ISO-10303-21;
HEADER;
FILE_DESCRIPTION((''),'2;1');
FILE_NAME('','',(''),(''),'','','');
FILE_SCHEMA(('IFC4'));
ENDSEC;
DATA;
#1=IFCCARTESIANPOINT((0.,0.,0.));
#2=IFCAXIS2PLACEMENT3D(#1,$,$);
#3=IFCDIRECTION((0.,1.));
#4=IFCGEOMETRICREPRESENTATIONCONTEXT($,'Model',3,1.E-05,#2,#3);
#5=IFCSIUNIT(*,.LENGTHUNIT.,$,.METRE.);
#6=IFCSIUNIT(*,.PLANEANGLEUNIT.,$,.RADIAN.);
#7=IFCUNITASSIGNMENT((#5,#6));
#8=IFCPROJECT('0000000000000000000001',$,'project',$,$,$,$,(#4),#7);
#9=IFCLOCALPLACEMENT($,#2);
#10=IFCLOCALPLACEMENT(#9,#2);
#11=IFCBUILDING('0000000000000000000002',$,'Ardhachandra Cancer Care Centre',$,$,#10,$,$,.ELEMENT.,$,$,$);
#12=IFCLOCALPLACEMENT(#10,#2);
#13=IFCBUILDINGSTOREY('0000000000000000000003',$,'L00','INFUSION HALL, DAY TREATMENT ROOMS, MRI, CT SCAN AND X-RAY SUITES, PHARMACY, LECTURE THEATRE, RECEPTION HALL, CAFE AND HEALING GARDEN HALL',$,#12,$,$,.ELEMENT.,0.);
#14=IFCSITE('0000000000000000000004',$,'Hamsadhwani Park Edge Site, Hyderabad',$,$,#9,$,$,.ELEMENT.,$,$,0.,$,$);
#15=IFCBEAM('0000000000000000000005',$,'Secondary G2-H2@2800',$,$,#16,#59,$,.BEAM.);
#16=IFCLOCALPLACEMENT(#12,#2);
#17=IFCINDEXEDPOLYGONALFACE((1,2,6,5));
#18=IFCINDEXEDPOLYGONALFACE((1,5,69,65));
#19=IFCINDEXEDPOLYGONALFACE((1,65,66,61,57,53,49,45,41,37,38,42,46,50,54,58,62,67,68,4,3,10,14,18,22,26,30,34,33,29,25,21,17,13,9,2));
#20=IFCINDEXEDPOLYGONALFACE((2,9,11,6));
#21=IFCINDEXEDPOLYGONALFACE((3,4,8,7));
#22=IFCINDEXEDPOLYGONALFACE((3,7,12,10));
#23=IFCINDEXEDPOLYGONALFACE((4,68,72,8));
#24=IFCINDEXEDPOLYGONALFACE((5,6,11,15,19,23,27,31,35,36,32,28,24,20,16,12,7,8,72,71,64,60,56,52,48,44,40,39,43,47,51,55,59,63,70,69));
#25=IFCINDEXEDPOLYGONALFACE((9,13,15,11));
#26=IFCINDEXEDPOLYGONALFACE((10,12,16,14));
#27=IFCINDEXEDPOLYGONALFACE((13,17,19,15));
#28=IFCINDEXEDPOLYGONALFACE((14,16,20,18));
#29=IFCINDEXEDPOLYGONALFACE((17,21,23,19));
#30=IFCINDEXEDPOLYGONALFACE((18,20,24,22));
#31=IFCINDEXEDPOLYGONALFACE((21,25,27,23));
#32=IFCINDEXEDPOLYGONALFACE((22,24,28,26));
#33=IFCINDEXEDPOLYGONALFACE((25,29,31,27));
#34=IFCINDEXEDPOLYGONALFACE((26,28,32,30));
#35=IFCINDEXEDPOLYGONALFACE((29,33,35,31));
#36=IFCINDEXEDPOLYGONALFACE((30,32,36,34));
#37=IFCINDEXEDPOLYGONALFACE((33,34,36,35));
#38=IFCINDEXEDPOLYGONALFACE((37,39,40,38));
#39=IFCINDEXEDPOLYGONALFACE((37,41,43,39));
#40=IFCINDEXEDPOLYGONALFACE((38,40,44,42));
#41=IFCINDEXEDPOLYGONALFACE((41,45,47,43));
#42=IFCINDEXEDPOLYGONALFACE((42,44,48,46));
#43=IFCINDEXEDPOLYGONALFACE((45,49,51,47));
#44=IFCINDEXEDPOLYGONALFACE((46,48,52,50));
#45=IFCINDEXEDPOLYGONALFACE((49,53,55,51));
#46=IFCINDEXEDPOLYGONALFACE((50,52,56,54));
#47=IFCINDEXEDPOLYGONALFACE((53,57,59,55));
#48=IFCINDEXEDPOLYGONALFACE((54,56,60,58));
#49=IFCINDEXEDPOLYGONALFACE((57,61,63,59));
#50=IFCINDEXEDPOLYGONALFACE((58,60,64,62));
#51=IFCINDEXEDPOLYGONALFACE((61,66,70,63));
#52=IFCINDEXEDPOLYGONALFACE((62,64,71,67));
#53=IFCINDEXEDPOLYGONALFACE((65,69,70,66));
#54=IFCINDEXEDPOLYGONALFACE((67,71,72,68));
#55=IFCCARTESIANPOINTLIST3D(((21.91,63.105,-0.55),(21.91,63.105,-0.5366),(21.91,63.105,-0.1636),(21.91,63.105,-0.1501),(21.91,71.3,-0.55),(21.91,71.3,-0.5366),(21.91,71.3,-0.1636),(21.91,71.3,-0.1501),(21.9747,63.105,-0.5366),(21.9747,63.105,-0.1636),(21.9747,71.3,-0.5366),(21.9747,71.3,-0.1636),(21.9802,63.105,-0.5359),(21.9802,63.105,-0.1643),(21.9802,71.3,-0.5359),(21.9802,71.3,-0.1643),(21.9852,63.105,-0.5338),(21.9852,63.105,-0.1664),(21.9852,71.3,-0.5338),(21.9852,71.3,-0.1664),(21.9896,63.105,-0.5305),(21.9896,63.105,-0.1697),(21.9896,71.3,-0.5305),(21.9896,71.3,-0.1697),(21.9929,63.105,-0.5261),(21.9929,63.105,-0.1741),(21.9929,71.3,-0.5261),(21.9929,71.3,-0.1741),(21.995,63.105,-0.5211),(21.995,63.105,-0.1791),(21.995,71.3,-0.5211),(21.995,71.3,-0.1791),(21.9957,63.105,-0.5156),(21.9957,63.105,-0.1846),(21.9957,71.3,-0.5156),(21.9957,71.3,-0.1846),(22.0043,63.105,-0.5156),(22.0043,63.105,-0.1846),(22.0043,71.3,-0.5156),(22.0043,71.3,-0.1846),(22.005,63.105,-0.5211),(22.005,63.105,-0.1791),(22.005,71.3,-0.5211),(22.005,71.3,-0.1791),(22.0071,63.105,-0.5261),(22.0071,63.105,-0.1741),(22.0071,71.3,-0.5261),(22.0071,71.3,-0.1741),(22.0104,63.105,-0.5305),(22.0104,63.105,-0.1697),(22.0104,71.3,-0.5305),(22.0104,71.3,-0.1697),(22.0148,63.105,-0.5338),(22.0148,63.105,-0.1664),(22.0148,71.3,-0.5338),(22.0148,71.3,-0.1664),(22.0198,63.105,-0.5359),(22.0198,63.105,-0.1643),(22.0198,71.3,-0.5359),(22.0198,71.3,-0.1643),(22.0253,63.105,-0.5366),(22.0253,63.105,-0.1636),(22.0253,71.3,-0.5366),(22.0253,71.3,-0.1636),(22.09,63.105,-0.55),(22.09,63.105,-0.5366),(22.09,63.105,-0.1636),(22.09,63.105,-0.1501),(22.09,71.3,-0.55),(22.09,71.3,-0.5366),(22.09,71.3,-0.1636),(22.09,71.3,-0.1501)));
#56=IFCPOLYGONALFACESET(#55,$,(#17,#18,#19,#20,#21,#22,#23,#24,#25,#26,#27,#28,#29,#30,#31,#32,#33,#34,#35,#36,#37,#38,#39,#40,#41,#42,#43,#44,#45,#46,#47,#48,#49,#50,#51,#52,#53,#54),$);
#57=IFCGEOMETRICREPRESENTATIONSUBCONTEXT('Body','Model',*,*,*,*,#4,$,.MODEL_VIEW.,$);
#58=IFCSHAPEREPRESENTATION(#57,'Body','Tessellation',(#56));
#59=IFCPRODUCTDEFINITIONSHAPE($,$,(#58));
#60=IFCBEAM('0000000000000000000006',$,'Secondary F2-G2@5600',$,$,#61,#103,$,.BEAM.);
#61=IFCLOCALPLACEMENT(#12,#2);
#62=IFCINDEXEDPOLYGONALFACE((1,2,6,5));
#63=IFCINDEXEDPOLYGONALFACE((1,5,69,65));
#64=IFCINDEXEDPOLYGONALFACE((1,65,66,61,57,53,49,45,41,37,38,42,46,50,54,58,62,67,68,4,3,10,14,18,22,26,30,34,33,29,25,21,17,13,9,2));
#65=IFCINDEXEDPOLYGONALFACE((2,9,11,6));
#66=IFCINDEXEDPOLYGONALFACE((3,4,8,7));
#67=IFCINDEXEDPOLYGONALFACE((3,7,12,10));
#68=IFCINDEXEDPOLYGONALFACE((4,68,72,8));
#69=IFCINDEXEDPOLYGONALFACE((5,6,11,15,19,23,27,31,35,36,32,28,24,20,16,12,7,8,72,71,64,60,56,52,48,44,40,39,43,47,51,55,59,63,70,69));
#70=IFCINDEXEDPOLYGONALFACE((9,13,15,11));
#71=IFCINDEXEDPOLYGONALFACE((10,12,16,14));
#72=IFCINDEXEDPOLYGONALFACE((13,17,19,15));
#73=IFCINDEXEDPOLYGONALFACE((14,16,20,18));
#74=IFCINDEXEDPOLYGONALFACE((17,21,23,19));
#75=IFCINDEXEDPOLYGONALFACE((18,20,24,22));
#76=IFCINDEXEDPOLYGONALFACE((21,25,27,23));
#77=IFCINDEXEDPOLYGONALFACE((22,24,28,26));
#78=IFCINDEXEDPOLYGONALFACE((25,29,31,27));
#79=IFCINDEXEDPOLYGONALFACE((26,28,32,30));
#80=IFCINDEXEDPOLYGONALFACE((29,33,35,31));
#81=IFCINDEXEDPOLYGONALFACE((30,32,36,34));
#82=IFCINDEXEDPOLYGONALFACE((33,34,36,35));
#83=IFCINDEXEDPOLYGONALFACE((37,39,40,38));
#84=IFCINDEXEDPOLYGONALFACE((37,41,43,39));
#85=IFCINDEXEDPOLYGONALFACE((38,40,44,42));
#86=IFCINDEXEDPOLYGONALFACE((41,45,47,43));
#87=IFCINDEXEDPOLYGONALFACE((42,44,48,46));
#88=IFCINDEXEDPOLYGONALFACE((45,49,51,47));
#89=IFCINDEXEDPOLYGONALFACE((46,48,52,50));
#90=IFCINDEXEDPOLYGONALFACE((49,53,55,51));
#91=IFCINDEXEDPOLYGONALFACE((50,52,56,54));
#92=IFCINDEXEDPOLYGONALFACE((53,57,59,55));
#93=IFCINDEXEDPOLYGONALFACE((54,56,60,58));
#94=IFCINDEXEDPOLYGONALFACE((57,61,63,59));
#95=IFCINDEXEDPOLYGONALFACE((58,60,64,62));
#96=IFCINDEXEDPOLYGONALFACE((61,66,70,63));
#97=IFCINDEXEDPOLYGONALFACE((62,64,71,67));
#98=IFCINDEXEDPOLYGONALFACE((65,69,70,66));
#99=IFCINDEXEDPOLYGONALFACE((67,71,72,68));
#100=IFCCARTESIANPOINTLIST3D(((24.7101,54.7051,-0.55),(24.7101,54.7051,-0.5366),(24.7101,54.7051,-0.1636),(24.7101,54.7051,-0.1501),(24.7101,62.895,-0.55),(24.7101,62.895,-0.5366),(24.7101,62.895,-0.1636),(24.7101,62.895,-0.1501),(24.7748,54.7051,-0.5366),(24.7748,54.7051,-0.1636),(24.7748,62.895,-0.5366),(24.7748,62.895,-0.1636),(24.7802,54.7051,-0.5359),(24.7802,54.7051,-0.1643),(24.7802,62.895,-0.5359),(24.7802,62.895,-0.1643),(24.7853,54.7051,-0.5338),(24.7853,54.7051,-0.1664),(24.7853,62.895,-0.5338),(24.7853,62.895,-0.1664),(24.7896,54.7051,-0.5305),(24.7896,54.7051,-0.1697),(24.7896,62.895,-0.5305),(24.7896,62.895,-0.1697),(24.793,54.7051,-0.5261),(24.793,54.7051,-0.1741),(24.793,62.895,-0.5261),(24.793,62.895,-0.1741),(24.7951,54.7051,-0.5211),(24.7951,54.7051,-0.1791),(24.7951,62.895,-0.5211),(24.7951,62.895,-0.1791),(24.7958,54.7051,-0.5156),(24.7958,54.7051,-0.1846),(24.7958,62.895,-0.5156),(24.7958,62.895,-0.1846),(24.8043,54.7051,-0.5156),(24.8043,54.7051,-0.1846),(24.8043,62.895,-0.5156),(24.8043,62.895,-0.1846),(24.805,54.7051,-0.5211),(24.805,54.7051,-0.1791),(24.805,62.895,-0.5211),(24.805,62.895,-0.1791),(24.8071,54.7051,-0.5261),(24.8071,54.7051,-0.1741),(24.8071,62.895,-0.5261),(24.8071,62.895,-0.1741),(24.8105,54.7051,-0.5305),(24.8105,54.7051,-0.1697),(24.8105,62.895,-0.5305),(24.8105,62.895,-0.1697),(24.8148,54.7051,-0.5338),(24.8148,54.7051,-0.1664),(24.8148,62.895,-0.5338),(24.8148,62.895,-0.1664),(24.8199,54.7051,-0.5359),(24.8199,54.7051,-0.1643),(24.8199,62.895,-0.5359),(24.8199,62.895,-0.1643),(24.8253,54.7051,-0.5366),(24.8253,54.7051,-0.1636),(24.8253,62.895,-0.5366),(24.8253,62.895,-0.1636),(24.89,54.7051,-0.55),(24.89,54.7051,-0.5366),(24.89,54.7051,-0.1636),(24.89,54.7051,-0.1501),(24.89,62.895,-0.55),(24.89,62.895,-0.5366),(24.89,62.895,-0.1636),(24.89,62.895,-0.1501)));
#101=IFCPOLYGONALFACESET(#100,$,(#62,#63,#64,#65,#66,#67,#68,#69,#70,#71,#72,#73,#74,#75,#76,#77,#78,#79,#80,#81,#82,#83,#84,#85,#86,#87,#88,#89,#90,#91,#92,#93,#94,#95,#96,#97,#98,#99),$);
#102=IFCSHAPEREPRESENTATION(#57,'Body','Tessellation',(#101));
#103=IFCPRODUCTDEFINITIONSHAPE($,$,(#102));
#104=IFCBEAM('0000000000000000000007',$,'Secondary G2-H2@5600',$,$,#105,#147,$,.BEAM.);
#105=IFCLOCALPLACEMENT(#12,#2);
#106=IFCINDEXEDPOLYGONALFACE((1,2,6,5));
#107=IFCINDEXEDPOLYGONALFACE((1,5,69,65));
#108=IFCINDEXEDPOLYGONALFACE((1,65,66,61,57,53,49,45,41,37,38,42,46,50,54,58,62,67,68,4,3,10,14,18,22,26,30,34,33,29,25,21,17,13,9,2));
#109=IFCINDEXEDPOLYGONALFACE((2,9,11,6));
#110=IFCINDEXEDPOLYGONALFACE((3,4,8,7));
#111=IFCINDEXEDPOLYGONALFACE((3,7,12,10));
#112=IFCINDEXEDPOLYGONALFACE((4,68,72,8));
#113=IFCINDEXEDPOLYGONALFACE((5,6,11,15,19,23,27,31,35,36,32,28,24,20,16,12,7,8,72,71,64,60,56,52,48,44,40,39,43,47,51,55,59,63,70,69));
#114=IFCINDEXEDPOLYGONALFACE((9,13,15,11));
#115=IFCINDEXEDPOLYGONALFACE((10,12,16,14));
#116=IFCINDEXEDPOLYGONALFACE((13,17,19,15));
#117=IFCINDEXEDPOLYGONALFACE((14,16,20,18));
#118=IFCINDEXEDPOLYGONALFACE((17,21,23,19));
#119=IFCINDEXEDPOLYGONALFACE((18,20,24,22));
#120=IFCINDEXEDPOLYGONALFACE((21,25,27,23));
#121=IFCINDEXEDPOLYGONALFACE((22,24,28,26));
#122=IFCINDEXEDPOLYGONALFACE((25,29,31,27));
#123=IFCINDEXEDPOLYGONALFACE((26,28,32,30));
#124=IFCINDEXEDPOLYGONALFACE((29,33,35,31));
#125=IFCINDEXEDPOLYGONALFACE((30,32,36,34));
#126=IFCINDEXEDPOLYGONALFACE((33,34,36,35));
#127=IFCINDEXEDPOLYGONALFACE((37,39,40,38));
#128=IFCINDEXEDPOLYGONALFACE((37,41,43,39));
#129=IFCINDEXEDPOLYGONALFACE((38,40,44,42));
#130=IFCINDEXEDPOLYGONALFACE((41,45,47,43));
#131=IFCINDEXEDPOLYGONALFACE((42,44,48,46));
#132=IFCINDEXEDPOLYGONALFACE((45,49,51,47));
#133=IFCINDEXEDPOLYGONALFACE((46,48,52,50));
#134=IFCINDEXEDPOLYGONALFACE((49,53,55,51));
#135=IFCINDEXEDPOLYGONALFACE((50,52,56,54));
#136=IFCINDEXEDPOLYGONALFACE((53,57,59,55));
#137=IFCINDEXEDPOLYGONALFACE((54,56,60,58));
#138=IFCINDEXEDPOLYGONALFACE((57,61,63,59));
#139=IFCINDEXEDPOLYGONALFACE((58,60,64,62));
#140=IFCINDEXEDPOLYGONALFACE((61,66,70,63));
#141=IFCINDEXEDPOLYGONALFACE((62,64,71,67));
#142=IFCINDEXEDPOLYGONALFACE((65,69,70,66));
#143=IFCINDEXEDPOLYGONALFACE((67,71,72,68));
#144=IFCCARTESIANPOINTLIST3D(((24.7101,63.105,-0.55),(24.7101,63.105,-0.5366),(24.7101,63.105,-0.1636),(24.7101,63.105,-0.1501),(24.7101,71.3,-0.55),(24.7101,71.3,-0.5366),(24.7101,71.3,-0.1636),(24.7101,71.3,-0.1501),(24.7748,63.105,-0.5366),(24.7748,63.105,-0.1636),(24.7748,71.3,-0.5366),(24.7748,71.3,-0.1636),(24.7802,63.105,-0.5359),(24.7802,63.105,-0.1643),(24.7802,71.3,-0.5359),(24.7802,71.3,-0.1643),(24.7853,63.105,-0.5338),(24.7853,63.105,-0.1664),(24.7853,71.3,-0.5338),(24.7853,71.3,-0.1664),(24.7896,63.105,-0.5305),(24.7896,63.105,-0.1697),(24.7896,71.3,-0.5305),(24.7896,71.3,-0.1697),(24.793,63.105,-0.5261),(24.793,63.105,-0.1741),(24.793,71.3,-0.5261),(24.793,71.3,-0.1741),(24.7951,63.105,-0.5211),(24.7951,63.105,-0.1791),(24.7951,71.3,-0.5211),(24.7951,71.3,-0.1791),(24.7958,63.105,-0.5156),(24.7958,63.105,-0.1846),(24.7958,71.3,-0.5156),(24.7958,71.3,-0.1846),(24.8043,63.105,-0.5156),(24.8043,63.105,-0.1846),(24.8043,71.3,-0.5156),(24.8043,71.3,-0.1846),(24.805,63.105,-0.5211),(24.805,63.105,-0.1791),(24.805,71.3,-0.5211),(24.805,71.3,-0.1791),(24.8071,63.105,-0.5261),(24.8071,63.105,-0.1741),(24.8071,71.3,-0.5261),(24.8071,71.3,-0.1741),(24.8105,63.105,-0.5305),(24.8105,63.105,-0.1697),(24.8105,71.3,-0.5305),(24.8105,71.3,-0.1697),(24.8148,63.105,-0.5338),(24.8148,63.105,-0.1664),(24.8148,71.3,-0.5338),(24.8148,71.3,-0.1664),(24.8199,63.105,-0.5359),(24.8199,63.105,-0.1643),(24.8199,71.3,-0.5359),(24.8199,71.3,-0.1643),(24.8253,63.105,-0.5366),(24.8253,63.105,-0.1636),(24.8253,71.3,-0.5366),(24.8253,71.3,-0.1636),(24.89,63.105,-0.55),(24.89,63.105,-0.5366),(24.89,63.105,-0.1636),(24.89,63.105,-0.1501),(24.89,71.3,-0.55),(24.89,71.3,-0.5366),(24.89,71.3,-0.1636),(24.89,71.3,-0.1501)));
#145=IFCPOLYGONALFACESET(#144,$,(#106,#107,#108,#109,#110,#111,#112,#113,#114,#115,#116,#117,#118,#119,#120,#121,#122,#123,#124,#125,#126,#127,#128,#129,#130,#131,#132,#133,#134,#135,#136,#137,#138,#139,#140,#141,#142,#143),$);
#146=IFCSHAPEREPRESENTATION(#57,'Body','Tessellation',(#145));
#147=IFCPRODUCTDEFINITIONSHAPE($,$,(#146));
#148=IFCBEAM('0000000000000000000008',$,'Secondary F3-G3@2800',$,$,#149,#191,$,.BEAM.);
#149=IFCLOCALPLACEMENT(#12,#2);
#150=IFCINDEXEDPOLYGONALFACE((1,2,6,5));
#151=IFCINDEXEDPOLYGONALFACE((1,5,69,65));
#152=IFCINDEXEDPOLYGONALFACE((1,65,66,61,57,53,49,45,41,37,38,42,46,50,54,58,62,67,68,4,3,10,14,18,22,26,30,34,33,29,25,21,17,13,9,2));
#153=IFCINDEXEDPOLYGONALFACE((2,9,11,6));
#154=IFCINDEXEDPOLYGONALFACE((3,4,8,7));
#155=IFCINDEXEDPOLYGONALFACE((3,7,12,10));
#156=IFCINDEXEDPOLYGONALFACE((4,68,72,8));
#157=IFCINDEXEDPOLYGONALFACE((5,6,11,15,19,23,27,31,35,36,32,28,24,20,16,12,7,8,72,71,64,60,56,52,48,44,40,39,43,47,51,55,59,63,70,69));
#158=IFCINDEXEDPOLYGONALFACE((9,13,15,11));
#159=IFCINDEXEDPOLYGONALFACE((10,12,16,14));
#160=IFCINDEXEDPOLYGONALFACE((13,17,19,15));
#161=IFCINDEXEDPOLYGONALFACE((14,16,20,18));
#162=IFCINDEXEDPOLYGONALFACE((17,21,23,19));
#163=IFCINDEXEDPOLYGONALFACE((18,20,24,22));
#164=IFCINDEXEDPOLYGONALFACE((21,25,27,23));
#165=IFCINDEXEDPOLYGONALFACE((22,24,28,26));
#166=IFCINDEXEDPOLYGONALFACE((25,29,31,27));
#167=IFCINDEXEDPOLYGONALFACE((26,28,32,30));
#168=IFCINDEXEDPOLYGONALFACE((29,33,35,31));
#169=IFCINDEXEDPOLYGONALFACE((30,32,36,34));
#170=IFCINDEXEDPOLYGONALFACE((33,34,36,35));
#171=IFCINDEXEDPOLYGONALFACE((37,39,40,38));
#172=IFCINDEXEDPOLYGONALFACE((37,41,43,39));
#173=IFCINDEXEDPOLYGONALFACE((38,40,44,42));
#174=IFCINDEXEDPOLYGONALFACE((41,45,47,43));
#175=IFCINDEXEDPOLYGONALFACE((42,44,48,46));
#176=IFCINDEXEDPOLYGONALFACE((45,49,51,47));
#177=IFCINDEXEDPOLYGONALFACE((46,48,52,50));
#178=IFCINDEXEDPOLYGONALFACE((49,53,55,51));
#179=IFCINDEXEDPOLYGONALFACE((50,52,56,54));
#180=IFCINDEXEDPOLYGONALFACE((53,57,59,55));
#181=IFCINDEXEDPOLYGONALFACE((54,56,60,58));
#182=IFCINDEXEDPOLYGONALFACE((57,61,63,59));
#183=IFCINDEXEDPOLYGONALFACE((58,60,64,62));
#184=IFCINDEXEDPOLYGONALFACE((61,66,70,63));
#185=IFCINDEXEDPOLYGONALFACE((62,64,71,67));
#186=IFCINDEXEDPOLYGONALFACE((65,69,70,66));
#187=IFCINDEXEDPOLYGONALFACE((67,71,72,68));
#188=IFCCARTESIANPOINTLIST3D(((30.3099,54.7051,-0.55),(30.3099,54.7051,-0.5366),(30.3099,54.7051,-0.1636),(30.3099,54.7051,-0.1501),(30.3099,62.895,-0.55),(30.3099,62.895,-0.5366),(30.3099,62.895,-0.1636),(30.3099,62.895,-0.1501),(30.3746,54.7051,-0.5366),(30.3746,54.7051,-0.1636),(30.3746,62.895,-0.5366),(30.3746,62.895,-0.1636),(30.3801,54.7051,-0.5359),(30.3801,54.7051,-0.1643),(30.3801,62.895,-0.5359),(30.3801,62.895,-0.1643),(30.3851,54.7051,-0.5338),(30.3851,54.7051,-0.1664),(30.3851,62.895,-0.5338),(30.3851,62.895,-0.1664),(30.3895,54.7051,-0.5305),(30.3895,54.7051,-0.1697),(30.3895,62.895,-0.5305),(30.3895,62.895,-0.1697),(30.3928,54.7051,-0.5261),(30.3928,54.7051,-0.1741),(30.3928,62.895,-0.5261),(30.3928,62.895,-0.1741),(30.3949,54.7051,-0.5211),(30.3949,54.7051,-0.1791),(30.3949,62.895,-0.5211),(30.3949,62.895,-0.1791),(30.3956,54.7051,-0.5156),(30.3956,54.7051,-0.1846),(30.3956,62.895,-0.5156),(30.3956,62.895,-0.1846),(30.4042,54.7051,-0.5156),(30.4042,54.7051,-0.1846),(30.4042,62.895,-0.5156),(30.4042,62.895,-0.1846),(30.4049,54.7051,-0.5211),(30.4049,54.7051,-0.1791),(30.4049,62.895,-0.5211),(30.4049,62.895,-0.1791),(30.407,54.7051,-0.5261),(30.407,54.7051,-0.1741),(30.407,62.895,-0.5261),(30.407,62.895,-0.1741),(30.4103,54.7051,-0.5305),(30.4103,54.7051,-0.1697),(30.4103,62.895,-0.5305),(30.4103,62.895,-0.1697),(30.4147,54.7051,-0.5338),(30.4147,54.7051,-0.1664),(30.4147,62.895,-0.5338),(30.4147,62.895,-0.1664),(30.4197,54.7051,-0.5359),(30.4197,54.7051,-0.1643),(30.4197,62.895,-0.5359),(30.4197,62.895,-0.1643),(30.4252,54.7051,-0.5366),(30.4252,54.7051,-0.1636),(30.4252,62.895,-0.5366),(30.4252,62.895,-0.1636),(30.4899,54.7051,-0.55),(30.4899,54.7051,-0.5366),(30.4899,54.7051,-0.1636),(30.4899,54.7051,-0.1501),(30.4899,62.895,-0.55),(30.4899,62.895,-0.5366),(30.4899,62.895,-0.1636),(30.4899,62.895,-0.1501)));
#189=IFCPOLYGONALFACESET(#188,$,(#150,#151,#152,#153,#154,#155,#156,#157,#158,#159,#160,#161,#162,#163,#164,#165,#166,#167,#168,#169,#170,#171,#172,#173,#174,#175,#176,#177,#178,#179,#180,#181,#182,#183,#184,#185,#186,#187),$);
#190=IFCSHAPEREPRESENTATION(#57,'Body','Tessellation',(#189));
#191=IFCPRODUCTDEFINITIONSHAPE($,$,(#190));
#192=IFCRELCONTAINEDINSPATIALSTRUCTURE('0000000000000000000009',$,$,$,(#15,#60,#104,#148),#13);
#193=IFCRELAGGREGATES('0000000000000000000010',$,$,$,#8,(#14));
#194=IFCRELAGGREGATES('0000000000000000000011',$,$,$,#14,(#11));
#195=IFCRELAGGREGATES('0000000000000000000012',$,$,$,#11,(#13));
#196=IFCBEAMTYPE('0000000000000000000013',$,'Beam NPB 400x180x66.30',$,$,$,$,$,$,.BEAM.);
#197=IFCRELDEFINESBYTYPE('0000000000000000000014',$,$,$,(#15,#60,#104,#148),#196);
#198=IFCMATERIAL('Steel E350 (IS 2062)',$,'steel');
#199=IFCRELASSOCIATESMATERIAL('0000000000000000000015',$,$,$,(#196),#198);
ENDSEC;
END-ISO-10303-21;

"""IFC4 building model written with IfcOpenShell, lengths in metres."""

from ifc_helpers import new_model, si_unit, direction, frame, origin, origin_2d, place, context, subcontext, project, spatial, i_section, extrude, material, material_profile, profile_set, type_object, element, save


model = new_model("IFC4")

# Units and contexts
model_context = context("Model", 3, precision=1e-05, world=origin(), true_north=direction((0.0, 1.0)))
body_context = subcontext(model_context, "Body", "Model", "MODEL_VIEW")
ifc_project = project(units=[si_unit("LENGTHUNIT", "METRE"), si_unit("PLANEANGLEUNIT", "RADIAN")], contexts=[model_context])

# Site, building, storey
site_placement = place(None, origin())
site = spatial("IfcSite", under=ifc_project, at=site_placement, Name="Hamsadhwani Park Edge Site, Hyderabad", CompositionType="ELEMENT", RefElevation=0.0)
building_placement = place(site_placement, origin())
building = spatial("IfcBuilding", under=site, at=building_placement, Name="Ardhachandra Cancer Care Centre", CompositionType="ELEMENT")
storey_placement = place(building_placement, origin())
storey = spatial("IfcBuildingStorey", under=building, at=storey_placement, Name="L00", Description="INFUSION HALL, DAY TREATMENT ROOMS, MRI, CT SCAN AND X-RAY SUITES, PHARMACY, LECTURE THEATRE, RECEPTION HALL, CAFE AND HEALING GARDEN HALL", CompositionType="ELEMENT", Elevation=0.0)

# Beams
ifc_material_1 = material(Name="Steel E350 (IS 2062)", Category="steel")
ifc_material_profile_1 = material_profile(ifc_material_1, i_section(OverallWidth=0.1799, OverallDepth=0.3999, WebThickness=0.0085, FlangeThickness=0.0134, FilletRadius=0.021, at=origin_2d()), Name="NPB 400x180x66.30")
ifc_profile_set_1 = profile_set([ifc_material_profile_1], Name="Steel E350 (IS 2062)")
beam_type_1 = type_object("IfcBeamType", Name="Beam NPB 400x180x66.30", PredefinedType="BEAM", material=ifc_profile_set_1)
beam_1_placement = place(storey_placement, frame((22.0, 63.105, -0.3501), z_axis=(0.0, 1.0, 0.0), x_axis=(-1.0, 0.0, 0.0)))
element("IfcBeam", 1, at=beam_1_placement, inside=storey, type_object=beam_type_1, Name="Secondary G2-H2@2800", PredefinedType="BEAM", context=body_context, shape_type="SweptSolid", body=[
    extrude(i_section(OverallWidth=0.1799, OverallDepth=0.3999, WebThickness=0.0085, FlangeThickness=0.0134, FilletRadius=0.021, at=origin_2d()), origin(), (0.0, 0.0, 1.0), 8.1951),
])
beam_2_placement = place(storey_placement, frame((24.8, 54.7051, -0.3501), z_axis=(0.0, 1.0, 0.0), x_axis=(-1.0, 0.0, 0.0)))
element("IfcBeam", 2, at=beam_2_placement, inside=storey, type_object=beam_type_1, Name="Secondary F2-G2@5600", PredefinedType="BEAM", context=body_context, shape_type="SweptSolid", body=[
    extrude(i_section(OverallWidth=0.1799, OverallDepth=0.3999, WebThickness=0.0085, FlangeThickness=0.0134, FilletRadius=0.021, at=origin_2d()), origin(), (0.0, 0.0, 1.0), 8.1899),
])
beam_3_placement = place(storey_placement, frame((24.8, 63.105, -0.3501), z_axis=(0.0, 1.0, 0.0), x_axis=(-1.0, 0.0, 0.0)))
element("IfcBeam", 3, at=beam_3_placement, inside=storey, type_object=beam_type_1, Name="Secondary G2-H2@5600", PredefinedType="BEAM", context=body_context, shape_type="SweptSolid", body=[
    extrude(i_section(OverallWidth=0.1799, OverallDepth=0.3999, WebThickness=0.0085, FlangeThickness=0.0134, FilletRadius=0.021, at=origin_2d()), origin(), (0.0, 0.0, 1.0), 8.1951),
])
beam_4_placement = place(storey_placement, frame((30.3999, 54.7051, -0.3501), z_axis=(0.0, 1.0, 0.0), x_axis=(-1.0, 0.0, 0.0)))
element("IfcBeam", 4, at=beam_4_placement, inside=storey, type_object=beam_type_1, Name="Secondary F3-G3@2800", PredefinedType="BEAM", context=body_context, shape_type="SweptSolid", body=[
    extrude(i_section(OverallWidth=0.1799, OverallDepth=0.3999, WebThickness=0.0085, FlangeThickness=0.0134, FilletRadius=0.021, at=origin_2d()), origin(), (0.0, 0.0, 1.0), 8.1899),
])

save(model, "model.ifc")
